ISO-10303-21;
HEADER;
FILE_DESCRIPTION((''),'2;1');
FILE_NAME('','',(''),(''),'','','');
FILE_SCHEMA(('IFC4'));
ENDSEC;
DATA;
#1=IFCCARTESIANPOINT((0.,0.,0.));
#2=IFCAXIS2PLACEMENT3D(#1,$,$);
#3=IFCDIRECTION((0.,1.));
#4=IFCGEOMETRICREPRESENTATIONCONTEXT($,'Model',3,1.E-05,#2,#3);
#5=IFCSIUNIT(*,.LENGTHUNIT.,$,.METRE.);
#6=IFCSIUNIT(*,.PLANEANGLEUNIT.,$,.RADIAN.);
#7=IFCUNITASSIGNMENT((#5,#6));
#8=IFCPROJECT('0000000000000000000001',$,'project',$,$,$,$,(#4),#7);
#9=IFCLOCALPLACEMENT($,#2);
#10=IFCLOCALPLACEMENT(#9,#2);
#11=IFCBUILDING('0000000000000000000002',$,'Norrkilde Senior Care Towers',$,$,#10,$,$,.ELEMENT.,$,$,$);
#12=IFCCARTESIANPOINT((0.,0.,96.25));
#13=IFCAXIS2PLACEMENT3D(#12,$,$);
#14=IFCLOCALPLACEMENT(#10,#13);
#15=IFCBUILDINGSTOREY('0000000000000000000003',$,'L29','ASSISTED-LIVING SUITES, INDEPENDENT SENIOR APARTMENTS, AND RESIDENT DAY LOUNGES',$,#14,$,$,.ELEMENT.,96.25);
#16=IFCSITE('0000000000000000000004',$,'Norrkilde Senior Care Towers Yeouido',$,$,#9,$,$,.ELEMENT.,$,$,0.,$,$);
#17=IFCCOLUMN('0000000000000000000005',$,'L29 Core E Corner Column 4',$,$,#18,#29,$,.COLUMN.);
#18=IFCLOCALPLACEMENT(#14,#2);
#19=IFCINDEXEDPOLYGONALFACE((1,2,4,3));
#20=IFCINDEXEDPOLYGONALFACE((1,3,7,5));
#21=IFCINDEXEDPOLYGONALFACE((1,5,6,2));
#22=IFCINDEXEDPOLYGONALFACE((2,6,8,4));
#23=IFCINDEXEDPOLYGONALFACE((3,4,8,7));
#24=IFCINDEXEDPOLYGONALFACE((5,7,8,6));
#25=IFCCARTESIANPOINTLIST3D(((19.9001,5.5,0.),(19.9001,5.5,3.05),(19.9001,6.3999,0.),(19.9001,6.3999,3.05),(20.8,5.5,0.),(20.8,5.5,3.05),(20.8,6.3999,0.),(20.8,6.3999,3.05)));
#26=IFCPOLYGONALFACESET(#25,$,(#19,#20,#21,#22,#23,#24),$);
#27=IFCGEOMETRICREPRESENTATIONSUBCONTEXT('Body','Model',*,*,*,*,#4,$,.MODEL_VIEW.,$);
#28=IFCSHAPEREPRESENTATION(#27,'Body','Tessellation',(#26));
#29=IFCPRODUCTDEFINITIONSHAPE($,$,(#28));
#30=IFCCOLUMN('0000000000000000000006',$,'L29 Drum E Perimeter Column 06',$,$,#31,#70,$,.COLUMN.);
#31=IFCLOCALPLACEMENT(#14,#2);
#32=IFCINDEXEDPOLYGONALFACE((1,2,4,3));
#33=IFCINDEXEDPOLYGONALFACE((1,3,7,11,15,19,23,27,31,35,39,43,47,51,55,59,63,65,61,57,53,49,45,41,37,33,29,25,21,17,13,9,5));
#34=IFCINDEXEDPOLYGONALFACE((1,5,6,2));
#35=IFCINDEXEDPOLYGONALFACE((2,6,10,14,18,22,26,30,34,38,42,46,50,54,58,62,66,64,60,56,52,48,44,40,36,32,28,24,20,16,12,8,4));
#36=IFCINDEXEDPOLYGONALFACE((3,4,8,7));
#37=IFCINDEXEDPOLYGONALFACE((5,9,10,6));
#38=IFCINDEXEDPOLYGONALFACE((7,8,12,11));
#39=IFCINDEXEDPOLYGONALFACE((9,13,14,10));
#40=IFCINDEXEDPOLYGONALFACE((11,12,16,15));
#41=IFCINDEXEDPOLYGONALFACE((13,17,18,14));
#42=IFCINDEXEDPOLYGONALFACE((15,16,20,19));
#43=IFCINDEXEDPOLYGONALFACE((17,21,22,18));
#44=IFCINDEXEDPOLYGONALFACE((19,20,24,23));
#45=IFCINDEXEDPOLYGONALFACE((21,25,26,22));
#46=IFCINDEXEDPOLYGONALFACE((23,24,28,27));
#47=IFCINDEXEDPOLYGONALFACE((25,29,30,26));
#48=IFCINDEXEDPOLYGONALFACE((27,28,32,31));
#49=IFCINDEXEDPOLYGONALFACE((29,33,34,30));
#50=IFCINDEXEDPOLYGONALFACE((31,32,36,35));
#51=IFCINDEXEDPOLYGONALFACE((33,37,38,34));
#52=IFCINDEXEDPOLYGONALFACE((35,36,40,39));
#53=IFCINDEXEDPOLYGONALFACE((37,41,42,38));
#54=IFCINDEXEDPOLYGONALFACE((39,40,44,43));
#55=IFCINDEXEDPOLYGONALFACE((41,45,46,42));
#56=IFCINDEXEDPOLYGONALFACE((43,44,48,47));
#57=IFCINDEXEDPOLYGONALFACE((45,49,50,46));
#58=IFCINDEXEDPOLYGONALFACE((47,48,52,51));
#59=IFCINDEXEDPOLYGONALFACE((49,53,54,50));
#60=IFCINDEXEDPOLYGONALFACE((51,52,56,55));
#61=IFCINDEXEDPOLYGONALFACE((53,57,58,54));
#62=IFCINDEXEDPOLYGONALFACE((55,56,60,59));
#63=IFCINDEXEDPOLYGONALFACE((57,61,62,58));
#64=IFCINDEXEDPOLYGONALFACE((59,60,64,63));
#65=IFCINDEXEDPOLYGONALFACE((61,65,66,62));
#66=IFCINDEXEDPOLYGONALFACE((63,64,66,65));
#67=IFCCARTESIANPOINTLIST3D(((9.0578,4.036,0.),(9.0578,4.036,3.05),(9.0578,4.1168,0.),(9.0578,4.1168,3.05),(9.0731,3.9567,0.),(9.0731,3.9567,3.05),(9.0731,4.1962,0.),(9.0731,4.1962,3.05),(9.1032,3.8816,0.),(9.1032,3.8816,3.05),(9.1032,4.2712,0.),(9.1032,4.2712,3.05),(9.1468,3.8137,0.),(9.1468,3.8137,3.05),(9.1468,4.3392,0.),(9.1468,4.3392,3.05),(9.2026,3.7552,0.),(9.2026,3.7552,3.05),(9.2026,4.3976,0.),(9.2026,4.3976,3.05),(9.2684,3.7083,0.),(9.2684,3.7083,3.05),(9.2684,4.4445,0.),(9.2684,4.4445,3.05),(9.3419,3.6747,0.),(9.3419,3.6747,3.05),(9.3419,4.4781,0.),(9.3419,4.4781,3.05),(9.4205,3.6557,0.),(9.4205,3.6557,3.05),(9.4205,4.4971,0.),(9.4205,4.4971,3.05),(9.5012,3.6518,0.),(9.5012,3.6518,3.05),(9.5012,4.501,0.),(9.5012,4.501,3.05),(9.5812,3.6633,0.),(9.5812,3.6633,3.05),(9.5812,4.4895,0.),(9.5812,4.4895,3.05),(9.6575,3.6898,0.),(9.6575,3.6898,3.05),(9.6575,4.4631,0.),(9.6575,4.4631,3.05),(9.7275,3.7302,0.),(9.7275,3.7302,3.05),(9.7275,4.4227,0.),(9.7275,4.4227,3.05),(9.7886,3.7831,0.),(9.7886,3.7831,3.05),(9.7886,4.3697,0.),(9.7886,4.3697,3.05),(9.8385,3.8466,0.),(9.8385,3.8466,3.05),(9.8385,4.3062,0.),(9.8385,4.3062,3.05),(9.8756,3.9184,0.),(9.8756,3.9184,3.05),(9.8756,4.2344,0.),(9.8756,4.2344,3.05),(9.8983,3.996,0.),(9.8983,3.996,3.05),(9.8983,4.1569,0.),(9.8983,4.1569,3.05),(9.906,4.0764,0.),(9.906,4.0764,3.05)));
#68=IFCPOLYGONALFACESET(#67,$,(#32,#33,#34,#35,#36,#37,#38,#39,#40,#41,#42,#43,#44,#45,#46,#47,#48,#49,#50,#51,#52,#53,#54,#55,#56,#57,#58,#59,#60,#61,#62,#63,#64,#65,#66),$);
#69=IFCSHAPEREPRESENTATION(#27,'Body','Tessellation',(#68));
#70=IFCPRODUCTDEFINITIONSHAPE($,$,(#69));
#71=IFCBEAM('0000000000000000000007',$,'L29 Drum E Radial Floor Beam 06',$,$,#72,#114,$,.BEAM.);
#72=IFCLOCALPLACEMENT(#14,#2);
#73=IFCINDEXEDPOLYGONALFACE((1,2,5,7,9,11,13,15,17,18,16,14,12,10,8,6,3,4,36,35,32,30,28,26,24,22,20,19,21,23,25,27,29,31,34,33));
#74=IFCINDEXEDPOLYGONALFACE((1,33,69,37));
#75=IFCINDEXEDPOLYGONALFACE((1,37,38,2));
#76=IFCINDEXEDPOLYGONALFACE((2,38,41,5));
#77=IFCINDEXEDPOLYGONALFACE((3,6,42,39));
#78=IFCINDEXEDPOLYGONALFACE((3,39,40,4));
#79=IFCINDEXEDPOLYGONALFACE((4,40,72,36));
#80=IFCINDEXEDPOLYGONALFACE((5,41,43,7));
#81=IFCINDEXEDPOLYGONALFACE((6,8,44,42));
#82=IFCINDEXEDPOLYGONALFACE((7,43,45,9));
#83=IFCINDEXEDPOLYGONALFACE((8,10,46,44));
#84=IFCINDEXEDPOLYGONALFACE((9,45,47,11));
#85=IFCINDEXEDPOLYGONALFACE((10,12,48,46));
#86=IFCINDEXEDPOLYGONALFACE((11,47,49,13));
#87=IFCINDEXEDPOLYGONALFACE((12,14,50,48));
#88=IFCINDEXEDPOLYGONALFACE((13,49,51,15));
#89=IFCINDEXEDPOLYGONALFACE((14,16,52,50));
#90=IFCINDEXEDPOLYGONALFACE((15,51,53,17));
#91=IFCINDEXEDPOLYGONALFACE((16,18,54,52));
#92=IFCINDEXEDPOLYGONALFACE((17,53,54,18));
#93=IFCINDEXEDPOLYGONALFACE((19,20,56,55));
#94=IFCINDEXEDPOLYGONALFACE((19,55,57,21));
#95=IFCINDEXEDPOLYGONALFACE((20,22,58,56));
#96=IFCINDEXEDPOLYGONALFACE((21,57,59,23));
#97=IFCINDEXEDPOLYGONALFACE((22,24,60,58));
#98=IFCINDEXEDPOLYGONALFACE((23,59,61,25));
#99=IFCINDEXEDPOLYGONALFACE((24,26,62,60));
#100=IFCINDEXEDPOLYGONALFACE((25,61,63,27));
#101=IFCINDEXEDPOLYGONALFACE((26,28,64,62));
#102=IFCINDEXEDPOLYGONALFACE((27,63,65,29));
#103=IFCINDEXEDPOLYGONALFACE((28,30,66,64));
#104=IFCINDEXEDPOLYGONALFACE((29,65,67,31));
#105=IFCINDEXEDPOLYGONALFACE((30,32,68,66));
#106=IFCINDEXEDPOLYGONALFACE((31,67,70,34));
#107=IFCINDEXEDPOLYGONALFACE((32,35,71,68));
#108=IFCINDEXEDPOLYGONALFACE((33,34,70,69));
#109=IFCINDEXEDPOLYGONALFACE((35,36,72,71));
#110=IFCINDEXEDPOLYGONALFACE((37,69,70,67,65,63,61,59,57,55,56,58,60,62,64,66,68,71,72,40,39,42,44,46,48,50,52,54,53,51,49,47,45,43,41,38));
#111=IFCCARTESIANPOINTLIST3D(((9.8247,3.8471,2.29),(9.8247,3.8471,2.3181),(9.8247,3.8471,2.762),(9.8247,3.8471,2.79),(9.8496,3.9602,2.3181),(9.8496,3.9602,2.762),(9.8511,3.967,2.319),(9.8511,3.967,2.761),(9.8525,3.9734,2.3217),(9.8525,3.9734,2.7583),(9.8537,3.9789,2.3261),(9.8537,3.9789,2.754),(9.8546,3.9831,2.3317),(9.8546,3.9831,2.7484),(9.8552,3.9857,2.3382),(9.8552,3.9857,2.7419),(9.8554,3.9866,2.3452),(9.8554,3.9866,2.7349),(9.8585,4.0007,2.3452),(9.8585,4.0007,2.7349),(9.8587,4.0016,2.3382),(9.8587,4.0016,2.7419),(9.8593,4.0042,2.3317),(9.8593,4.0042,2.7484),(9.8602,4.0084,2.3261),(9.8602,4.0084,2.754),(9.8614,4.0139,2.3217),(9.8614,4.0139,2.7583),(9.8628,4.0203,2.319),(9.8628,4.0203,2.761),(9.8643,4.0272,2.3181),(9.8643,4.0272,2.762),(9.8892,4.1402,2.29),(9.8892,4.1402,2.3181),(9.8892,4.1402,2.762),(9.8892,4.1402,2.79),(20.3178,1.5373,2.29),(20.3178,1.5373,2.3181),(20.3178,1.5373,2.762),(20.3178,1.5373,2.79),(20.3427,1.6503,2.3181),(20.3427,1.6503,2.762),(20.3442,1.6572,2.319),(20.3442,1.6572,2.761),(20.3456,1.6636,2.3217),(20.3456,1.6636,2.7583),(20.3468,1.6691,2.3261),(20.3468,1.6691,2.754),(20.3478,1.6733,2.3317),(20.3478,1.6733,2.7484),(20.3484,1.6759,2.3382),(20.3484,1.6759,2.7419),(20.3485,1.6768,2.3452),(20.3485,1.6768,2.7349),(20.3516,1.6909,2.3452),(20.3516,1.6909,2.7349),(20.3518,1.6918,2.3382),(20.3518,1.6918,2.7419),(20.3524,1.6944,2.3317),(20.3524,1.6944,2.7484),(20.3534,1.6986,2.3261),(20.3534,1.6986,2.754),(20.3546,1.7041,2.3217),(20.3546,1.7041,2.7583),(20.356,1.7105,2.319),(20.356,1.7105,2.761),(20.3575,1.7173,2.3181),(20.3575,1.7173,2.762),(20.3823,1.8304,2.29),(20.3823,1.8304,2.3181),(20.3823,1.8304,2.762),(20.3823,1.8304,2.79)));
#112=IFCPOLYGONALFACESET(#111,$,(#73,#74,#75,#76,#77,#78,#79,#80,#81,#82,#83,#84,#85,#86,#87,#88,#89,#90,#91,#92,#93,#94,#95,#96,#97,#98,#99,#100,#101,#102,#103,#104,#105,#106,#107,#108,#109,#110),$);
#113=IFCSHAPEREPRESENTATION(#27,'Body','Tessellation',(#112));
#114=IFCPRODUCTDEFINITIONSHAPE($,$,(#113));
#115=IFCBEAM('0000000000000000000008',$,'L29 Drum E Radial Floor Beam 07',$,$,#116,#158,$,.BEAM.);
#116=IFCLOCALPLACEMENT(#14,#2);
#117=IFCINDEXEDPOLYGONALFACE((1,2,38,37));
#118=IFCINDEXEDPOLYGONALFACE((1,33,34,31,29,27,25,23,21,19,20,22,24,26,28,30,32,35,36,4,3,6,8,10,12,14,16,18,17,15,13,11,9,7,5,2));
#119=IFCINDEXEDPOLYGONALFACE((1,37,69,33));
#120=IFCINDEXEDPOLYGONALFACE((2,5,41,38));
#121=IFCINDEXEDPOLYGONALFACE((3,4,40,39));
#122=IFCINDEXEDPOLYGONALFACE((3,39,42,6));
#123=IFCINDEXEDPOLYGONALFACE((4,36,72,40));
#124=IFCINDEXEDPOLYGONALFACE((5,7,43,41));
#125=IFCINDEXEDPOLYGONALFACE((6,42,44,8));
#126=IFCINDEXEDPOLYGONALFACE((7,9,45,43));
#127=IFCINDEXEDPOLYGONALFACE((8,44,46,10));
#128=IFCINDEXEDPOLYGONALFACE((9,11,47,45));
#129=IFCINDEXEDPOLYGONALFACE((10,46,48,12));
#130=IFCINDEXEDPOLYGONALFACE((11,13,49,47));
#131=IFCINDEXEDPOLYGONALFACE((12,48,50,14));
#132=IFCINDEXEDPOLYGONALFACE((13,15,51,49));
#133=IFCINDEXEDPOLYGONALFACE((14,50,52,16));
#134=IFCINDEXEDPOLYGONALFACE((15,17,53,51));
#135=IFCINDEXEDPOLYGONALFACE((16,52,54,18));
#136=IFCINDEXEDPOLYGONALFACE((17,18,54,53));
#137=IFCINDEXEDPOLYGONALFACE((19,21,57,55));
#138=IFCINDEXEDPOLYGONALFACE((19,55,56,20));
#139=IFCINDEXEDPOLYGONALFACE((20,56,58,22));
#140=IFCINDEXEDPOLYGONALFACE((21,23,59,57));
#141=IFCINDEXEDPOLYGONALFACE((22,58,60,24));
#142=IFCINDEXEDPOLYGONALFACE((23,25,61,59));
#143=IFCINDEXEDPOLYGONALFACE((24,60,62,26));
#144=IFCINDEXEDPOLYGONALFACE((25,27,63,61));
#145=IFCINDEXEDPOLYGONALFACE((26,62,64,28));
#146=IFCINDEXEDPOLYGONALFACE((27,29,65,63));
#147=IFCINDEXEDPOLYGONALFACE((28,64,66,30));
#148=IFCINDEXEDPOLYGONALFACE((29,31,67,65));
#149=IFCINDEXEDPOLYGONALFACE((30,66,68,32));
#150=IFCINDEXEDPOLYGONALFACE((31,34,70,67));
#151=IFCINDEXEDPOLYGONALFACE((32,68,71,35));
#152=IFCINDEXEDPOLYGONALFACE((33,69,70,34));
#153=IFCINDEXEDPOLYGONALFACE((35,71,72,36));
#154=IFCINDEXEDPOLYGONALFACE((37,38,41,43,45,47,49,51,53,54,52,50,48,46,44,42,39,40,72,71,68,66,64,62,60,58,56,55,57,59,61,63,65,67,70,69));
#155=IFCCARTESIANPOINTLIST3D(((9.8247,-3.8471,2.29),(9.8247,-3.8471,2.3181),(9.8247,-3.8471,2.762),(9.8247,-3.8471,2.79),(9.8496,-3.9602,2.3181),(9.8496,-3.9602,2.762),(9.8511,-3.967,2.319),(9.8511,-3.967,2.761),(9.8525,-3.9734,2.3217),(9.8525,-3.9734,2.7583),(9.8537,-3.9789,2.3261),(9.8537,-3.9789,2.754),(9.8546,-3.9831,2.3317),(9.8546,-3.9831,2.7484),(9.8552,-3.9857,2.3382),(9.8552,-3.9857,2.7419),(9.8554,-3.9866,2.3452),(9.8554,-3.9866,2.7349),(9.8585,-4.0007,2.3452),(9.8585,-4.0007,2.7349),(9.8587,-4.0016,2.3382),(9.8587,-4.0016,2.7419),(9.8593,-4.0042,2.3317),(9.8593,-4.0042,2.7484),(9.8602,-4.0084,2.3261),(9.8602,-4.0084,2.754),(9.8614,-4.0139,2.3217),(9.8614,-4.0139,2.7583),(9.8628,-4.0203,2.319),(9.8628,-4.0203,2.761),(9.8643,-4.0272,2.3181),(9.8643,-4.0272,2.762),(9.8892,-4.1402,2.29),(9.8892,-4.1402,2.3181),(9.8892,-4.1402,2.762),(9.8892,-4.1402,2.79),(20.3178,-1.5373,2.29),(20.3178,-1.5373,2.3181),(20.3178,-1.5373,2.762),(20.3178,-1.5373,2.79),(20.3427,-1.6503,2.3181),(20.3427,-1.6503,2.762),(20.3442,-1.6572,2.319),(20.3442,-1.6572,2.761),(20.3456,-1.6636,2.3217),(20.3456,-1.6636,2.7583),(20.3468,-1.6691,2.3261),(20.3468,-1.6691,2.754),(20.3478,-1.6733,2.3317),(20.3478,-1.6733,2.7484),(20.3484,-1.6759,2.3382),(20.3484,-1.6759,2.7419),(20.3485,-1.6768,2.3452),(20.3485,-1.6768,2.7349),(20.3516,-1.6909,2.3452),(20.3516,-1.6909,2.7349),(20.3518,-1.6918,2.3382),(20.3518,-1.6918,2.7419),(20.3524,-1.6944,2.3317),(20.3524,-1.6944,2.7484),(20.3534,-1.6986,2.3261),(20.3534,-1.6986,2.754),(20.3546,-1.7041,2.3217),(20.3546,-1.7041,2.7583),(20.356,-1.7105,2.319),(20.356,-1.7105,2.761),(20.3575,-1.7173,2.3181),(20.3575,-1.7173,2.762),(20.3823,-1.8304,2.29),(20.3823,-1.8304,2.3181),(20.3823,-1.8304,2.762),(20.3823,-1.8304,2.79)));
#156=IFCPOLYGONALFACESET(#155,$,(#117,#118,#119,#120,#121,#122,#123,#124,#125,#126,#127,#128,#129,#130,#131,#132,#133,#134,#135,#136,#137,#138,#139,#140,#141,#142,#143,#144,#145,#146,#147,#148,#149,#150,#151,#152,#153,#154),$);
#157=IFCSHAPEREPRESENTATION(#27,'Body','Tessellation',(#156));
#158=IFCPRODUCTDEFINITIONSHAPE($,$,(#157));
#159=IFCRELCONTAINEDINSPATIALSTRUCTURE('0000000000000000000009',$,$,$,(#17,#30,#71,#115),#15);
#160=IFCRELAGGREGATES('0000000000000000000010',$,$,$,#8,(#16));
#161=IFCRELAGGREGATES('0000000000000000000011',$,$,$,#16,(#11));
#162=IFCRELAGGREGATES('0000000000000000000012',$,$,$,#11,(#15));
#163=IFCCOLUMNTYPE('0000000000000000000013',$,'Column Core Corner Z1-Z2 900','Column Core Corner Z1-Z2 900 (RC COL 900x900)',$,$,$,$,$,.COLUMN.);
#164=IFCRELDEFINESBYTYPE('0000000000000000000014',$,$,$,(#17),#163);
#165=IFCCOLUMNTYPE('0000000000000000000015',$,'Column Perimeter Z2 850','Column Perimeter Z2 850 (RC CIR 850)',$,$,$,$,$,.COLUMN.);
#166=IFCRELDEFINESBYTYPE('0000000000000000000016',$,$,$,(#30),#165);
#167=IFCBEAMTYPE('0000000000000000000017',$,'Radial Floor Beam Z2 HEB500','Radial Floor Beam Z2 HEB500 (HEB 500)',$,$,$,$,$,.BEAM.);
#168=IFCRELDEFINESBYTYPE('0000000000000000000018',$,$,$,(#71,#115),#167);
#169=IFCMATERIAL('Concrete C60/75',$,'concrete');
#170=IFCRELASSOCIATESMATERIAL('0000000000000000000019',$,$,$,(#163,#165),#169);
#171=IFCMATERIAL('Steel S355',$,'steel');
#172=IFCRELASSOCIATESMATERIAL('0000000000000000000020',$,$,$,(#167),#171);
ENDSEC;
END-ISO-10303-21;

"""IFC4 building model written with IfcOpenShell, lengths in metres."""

from ifc_helpers import new_model, si_unit, direction, frame, origin, origin_2d, place, context, subcontext, project, spatial, rectangle, circle, i_section, extrude, source, transform, mapped, material, material_profile, profile_set, type_object, type_shapes, element, save


model = new_model("IFC4")

# Units and contexts
model_context = context("Model", 3, precision=1e-05, world=origin(), true_north=direction((0.0, 1.0)))
body_context = subcontext(model_context, "Body", "Model", "MODEL_VIEW")
ifc_project = project(units=[si_unit("LENGTHUNIT", "METRE"), si_unit("PLANEANGLEUNIT", "RADIAN")], contexts=[model_context])

# Site, building, storey
site_placement = place(None, origin())
site = spatial("IfcSite", under=ifc_project, at=site_placement, Name="Norrkilde Senior Care Towers Yeouido", CompositionType="ELEMENT", RefElevation=0.0)
building_placement = place(site_placement, origin())
building = spatial("IfcBuilding", under=site, at=building_placement, Name="Norrkilde Senior Care Towers", CompositionType="ELEMENT")
storey_placement = place(building_placement, frame((0.0, 0.0, 96.25)))
storey = spatial("IfcBuildingStorey", under=building, at=storey_placement, Name="L29", Description="ASSISTED-LIVING SUITES, INDEPENDENT SENIOR APARTMENTS, AND RESIDENT DAY LOUNGES", CompositionType="ELEMENT", Elevation=96.25)

# Columns
ifc_material_1 = material(Name="Concrete C60/75", Category="concrete")
ifc_material_profile_1 = material_profile(ifc_material_1, rectangle(XDim=0.8999, YDim=0.8999, at=origin_2d()), Name="RC COL 900x900")
ifc_profile_set_1 = profile_set([ifc_material_profile_1], Name="Concrete C60/75")
column_type_1 = type_object("IfcColumnType", Name="Column Core Corner Z1-Z2 900", Description="Column Core Corner Z1-Z2 900 (RC COL 900x900)", PredefinedType="COLUMN", material=ifc_profile_set_1)
shared_shape_1 = source(origin(), body_context, "Body", "SweptSolid", [
    extrude(rectangle(XDim=0.8999, YDim=0.8999, at=origin_2d()), origin(), (0.0, 0.0, 1.0), 3.05),
])
type_shapes(column_type_1, [shared_shape_1])
column_1_placement = place(storey_placement, frame((20.3501, 5.95, 0.0), z_axis=(0.0, 0.0, 1.0), x_axis=(1.0, 0.0, 0.0)))
element("IfcColumn", 1, at=column_1_placement, inside=storey, type_object=column_type_1, Name="L29 Core E Corner Column 4", PredefinedType="COLUMN", context=body_context, shape_type="MappedRepresentation", body=[
    mapped(shared_shape_1, transform((0.0, 0.0, 0.0), x_axis=(1.0, 0.0, 0.0), y_axis=(0.0, 1.0, 0.0), z_axis=(0.0, 0.0, 1.0), scale=1.0)),
])
ifc_material_profile_2 = material_profile(ifc_material_1, circle(Radius=0.425, at=origin_2d()), Name="RC CIR 850")
ifc_profile_set_2 = profile_set([ifc_material_profile_2], Name="Concrete C60/75")
column_type_2 = type_object("IfcColumnType", Name="Column Perimeter Z2 850", Description="Column Perimeter Z2 850 (RC CIR 850)", PredefinedType="COLUMN", material=ifc_profile_set_2)
shared_shape_2 = source(origin(), body_context, "Body", "SweptSolid", [
    extrude(circle(Radius=0.425, at=origin_2d()), origin(), (0.0, 0.0, 1.0), 3.05),
])
type_shapes(column_type_2, [shared_shape_2])
column_2_placement = place(storey_placement, frame((9.481, 4.0764, 0.0), z_axis=(0.0, 0.0, 1.0), x_axis=(1.0, 0.0, 0.0)))
element("IfcColumn", 2, at=column_2_placement, inside=storey, type_object=column_type_2, Name="L29 Drum E Perimeter Column 06", PredefinedType="COLUMN", context=body_context, shape_type="MappedRepresentation", body=[
    mapped(shared_shape_2, transform((0.0, 0.0, 0.0), x_axis=(1.0, 0.0, 0.0), y_axis=(0.0, 1.0, 0.0), z_axis=(0.0, 0.0, 1.0), scale=1.0)),
])

# Beams
ifc_material_2 = material(Name="Steel S355", Category="steel")
ifc_material_profile_3 = material_profile(ifc_material_2, i_section(OverallWidth=0.3, OverallDepth=0.5, WebThickness=0.0144, FlangeThickness=0.0281, FilletRadius=0.0271, at=origin_2d()), Name="HEB 500")
ifc_profile_set_3 = profile_set([ifc_material_profile_3], Name="Steel S355")
beam_type_1 = type_object("IfcBeamType", Name="Radial Floor Beam Z2 HEB500", Description="Radial Floor Beam Z2 HEB500 (HEB 500)", PredefinedType="BEAM", material=ifc_profile_set_3)
shared_shape_3 = source(origin(), body_context, "Body", "SweptSolid", [
    extrude(i_section(OverallWidth=0.3, OverallDepth=0.5, WebThickness=0.0144, FlangeThickness=0.0281, FilletRadius=0.0271, at=origin_2d()), origin(), (0.0, 0.0, 1.0), 10.7444),
])
for number, where, z_axis, x_axis, name in (
    (3, (20.3501, 1.6838, 2.54), (-0.976619, 0.214979, 0.0), (-0.214979, -0.976619, 0.0), "L29 Drum E Radial Floor Beam 06"),
    (4, (20.3501, -1.6838, 2.54), (-0.976619, -0.214979, 0.0), (0.214979, -0.976619, 0.0), "L29 Drum E Radial Floor Beam 07"),
):
    element("IfcBeam", number, at=place(storey_placement, frame(where, z_axis=z_axis, x_axis=x_axis)), inside=storey, type_object=beam_type_1, Name=name, PredefinedType="BEAM", context=body_context, shape_type="MappedRepresentation", body=[
        mapped(shared_shape_3, transform((0.0, 0.0, 0.0), x_axis=(1.0, 0.0, 0.0), y_axis=(0.0, 1.0, 0.0), z_axis=(0.0, 0.0, 1.0), scale=1.0)),
    ])

save(model, "model.ifc")
